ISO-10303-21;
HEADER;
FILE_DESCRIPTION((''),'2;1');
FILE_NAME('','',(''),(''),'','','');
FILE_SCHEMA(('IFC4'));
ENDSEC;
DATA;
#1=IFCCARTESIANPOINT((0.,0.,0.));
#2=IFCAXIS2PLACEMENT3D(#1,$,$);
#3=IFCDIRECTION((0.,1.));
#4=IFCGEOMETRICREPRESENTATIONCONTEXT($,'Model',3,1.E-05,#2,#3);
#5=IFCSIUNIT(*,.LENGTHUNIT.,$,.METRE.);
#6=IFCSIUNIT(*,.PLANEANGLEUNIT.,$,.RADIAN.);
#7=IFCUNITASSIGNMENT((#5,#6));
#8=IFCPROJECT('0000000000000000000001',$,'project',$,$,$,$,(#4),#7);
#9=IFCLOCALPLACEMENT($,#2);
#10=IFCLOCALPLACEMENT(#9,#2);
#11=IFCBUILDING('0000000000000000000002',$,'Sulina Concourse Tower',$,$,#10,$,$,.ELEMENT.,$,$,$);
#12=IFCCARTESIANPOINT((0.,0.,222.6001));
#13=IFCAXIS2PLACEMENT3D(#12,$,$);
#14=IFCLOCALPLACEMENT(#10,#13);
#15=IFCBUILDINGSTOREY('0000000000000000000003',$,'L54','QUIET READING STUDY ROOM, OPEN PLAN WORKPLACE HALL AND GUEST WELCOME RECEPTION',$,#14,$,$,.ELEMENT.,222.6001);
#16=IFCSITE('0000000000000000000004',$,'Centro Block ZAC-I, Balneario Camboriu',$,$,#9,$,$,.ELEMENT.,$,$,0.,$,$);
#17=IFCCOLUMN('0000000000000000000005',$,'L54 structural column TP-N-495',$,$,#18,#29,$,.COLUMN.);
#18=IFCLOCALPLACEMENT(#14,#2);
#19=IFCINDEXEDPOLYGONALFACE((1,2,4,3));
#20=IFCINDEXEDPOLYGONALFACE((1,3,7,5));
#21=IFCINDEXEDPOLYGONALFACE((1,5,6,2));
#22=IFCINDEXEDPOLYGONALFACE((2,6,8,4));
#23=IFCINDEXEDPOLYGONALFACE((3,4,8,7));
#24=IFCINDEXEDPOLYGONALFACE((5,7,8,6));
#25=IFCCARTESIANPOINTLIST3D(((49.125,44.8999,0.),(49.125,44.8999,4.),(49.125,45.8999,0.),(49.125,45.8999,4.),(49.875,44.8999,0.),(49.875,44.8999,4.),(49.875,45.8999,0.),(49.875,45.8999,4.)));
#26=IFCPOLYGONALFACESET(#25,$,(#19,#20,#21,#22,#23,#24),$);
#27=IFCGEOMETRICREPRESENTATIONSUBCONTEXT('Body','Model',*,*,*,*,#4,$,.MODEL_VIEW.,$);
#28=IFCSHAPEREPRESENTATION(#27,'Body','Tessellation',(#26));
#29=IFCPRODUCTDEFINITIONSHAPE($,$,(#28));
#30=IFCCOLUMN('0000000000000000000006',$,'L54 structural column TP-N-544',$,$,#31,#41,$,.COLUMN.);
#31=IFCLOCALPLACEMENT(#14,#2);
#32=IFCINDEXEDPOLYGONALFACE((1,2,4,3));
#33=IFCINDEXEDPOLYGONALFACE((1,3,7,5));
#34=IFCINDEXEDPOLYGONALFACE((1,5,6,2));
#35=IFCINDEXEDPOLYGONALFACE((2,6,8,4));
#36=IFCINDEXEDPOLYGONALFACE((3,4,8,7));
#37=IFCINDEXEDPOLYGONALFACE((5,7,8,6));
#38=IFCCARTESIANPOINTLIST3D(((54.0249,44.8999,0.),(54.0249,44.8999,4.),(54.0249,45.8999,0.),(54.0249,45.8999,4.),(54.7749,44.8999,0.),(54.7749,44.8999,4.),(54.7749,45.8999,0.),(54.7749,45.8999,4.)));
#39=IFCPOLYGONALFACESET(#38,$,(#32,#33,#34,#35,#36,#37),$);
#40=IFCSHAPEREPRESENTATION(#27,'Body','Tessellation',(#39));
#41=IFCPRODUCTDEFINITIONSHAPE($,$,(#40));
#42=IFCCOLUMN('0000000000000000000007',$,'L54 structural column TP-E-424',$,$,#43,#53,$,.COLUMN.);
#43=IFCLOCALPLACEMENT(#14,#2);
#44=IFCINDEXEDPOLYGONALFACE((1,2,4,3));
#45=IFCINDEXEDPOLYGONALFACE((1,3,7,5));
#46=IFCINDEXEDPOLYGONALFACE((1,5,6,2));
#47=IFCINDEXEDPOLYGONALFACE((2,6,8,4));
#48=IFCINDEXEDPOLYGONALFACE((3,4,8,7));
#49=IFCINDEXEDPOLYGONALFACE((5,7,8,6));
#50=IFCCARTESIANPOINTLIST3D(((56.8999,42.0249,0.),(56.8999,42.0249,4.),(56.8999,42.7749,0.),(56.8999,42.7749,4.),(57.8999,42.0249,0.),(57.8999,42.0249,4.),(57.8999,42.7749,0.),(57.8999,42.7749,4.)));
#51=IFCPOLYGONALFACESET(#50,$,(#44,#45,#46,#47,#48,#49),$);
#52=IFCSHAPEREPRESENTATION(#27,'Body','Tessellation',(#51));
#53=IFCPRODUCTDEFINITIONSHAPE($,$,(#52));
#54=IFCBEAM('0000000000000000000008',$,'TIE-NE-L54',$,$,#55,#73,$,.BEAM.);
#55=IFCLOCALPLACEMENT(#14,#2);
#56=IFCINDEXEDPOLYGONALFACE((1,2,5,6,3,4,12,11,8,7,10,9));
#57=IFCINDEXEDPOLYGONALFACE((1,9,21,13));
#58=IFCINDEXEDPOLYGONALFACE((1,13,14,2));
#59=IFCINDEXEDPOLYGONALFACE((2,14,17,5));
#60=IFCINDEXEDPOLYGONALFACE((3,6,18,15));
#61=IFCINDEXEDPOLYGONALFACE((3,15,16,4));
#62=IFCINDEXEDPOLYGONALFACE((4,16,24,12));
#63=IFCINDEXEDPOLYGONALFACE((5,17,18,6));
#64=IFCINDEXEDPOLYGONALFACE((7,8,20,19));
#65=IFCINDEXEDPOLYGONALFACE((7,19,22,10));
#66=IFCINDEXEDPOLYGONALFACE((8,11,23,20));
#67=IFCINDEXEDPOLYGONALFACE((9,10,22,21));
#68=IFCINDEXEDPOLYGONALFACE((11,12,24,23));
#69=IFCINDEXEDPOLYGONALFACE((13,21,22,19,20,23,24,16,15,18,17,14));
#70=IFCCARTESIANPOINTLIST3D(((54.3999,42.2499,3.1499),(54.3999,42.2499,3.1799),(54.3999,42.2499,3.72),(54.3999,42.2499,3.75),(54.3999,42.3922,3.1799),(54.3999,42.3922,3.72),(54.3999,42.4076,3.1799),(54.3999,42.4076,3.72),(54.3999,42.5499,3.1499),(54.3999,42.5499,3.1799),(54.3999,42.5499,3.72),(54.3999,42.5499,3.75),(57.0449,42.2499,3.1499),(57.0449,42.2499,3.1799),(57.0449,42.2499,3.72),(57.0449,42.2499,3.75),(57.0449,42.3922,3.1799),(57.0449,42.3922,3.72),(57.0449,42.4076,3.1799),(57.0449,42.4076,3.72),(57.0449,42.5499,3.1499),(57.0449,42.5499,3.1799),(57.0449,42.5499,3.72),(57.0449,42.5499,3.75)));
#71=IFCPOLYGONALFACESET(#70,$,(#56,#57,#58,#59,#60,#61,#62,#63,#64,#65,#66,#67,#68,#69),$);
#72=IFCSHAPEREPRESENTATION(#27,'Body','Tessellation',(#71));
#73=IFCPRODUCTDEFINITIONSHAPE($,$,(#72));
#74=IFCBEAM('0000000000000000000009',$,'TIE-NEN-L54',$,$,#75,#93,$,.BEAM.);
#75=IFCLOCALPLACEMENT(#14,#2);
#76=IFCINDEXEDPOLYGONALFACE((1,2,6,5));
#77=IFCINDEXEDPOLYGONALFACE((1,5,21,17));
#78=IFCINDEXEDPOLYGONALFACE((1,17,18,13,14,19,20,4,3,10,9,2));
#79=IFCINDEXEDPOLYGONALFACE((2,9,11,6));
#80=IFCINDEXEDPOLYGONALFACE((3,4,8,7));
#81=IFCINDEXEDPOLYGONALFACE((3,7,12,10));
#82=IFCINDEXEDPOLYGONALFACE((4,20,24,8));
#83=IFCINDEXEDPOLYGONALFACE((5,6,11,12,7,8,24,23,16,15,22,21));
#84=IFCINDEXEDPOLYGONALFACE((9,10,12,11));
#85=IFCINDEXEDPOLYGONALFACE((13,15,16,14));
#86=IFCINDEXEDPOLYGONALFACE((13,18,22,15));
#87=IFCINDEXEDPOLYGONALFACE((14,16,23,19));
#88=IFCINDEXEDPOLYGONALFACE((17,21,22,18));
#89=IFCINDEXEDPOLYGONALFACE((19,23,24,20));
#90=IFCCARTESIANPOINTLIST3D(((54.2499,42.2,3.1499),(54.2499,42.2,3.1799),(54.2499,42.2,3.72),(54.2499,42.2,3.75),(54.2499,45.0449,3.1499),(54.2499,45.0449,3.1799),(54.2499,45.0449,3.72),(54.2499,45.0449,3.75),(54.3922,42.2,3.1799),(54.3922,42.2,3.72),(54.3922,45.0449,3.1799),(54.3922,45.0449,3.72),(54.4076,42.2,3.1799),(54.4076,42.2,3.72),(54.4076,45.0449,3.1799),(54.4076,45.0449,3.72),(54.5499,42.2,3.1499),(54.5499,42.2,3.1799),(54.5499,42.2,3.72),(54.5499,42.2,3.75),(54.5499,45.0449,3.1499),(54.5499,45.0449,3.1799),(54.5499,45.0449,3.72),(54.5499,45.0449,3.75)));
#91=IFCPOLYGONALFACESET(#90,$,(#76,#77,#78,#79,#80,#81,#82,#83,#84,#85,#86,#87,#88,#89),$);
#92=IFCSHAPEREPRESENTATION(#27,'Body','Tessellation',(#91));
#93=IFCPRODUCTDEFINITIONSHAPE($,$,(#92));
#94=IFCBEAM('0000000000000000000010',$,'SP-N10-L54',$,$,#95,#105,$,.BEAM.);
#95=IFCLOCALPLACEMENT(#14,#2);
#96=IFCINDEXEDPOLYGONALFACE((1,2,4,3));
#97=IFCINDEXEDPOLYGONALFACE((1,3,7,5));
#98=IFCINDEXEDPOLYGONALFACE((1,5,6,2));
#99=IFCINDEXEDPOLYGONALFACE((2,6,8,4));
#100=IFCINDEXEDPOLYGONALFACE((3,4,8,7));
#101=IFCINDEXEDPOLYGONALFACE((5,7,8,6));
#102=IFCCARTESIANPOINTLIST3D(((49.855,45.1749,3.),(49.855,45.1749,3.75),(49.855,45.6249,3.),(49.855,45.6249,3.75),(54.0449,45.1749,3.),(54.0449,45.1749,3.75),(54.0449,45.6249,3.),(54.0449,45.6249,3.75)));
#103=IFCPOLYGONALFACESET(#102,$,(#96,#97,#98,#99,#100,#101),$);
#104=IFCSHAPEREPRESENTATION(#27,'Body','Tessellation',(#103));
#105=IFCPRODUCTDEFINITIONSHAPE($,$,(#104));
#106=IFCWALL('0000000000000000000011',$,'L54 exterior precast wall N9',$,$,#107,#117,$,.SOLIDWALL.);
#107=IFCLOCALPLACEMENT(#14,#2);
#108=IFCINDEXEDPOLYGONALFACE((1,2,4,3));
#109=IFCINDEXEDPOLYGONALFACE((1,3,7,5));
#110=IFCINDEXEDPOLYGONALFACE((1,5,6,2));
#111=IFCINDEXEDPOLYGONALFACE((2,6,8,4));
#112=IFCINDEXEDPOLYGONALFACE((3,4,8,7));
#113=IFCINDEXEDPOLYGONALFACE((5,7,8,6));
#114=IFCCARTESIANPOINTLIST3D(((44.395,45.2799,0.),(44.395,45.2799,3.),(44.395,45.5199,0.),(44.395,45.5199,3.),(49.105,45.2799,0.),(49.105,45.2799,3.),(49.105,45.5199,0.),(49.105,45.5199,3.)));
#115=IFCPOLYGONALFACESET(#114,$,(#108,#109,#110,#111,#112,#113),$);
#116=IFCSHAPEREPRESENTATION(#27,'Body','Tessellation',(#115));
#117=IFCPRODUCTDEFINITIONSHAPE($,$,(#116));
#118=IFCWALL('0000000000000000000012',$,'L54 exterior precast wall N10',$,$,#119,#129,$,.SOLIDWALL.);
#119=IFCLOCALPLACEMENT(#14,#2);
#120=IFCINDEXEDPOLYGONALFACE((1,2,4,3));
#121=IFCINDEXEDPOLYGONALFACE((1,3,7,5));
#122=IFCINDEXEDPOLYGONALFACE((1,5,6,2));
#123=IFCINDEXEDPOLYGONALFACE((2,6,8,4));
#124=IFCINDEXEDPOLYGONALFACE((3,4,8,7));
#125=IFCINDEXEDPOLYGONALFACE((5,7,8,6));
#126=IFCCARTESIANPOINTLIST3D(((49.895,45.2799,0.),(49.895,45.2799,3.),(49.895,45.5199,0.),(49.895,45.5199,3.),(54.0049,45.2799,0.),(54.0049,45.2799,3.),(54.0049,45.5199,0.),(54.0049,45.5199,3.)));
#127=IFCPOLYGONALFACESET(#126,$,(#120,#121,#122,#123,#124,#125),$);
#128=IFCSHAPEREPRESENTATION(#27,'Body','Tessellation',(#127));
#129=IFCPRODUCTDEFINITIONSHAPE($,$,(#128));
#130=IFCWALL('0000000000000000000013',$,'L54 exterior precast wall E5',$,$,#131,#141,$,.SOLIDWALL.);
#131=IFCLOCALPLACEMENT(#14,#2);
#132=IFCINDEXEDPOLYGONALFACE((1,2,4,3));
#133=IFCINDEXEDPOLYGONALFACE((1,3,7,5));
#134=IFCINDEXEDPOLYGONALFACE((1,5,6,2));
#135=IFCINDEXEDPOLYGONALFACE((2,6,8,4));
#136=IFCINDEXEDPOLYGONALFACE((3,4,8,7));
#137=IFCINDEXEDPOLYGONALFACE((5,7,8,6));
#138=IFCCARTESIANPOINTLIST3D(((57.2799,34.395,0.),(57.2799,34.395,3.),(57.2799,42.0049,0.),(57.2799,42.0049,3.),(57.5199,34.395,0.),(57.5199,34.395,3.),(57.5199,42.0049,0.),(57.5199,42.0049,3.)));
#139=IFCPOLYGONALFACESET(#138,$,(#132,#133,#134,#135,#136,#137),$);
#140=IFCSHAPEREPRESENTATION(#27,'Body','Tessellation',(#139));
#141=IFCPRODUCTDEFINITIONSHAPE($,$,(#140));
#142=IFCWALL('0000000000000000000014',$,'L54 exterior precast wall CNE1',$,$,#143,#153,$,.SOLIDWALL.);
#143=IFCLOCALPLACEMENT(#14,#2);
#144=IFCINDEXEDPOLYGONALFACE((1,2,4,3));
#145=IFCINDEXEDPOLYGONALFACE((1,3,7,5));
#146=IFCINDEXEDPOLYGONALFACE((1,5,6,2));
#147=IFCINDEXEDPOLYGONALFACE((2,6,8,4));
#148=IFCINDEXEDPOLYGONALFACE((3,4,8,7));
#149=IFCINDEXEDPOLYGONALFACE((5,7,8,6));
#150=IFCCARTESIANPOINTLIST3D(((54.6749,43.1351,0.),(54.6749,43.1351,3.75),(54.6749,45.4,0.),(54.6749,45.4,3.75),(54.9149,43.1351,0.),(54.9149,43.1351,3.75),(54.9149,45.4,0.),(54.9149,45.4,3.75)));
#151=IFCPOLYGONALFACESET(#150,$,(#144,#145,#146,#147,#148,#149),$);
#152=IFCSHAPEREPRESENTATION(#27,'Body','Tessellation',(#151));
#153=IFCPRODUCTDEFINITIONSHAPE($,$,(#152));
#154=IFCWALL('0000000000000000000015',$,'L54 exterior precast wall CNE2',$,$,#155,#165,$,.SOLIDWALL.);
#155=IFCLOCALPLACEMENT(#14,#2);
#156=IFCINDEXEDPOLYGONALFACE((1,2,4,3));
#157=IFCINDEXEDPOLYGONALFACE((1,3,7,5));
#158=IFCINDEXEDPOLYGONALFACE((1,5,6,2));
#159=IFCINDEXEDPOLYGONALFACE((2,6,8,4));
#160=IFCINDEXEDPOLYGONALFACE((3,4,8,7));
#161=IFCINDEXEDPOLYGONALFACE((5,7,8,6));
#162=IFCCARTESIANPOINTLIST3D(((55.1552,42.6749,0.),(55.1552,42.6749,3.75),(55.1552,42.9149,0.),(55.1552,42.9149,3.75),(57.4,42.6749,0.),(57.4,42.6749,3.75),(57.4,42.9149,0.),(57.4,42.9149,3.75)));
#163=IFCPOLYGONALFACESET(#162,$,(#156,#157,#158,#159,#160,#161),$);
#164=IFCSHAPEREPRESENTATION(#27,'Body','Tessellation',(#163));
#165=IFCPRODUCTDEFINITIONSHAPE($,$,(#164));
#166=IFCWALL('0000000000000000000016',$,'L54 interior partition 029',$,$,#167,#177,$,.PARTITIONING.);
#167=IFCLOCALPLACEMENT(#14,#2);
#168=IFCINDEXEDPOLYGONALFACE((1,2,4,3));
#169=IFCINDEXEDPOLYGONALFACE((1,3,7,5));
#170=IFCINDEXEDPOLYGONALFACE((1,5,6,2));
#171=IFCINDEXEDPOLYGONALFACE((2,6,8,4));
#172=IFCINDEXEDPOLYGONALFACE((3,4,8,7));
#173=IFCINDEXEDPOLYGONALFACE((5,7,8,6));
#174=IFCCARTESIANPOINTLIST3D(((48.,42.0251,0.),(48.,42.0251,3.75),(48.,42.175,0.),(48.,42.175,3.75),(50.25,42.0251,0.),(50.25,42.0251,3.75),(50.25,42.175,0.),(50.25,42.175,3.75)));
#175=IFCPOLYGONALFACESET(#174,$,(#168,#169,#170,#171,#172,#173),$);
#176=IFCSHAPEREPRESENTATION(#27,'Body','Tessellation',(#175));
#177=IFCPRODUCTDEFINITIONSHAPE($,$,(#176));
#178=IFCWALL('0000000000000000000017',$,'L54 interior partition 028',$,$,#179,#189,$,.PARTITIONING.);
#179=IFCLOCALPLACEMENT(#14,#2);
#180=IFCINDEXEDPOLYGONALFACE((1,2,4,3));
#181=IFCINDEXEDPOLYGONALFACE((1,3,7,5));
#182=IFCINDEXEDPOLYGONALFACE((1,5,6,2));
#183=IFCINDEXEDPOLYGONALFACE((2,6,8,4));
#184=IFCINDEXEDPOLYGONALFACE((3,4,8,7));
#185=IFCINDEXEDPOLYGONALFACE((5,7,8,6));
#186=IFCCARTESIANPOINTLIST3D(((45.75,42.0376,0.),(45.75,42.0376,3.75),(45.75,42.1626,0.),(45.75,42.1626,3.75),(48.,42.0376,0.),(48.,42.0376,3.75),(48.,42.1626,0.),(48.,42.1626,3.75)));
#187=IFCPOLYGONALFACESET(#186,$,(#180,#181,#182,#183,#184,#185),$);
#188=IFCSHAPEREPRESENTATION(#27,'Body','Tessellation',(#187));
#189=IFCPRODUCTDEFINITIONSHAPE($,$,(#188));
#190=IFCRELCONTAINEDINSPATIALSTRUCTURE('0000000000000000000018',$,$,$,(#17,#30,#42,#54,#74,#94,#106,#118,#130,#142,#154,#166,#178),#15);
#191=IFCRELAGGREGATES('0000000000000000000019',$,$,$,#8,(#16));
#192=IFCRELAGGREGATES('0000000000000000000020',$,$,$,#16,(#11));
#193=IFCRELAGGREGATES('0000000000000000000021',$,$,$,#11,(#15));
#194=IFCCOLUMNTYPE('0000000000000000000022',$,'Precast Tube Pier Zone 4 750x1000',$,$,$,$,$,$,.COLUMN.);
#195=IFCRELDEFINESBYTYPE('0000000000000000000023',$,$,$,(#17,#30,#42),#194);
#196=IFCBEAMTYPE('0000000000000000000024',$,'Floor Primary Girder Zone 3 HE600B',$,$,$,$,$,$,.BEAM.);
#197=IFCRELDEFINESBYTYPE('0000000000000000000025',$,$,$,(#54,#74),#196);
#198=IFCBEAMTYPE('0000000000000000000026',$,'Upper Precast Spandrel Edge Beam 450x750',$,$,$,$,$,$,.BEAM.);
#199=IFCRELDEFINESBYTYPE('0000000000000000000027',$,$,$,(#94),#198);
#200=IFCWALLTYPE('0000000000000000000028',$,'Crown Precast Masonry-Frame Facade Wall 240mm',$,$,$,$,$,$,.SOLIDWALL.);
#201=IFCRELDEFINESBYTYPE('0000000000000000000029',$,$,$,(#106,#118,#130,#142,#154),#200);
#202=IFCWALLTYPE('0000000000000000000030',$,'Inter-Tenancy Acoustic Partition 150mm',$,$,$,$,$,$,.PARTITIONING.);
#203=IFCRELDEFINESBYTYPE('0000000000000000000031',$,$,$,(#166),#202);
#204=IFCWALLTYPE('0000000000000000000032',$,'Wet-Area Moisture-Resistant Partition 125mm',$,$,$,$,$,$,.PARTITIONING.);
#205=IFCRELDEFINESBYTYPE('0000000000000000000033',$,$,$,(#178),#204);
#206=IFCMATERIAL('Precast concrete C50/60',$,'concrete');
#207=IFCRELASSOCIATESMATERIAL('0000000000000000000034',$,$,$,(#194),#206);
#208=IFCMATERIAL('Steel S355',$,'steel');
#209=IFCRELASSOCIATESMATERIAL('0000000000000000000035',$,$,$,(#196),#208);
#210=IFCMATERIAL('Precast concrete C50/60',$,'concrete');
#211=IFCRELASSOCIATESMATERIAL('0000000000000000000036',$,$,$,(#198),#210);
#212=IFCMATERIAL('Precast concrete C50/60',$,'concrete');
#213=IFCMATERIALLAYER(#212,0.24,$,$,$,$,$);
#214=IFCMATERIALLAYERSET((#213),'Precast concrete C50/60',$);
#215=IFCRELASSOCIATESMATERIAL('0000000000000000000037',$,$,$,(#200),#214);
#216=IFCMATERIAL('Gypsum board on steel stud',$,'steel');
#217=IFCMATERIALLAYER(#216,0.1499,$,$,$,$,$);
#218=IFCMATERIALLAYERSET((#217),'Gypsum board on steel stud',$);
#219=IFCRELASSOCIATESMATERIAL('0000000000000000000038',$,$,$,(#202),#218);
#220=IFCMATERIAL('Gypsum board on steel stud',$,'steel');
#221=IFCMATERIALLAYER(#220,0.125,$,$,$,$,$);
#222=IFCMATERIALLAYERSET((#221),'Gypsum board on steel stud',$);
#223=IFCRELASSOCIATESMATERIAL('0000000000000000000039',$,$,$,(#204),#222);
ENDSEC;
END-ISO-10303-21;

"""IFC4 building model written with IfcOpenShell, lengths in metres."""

from ifc_helpers import new_model, si_unit, direction, frame, frame_2d, origin, origin_2d, place, context, subcontext, project, spatial, rectangle, i_section, extrude, material, layer, layer_set, material_profile, profile_set, type_object, element, save


model = new_model("IFC4")

# Units and contexts
model_context = context("Model", 3, precision=1e-05, world=origin(), true_north=direction((0.0, 1.0)))
body_context = subcontext(model_context, "Body", "Model", "MODEL_VIEW")
ifc_project = project(units=[si_unit("LENGTHUNIT", "METRE"), si_unit("PLANEANGLEUNIT", "RADIAN")], contexts=[model_context])

# Site, building, storey
site_placement = place(None, origin())
site = spatial("IfcSite", under=ifc_project, at=site_placement, Name="Centro Block ZAC-I, Balneario Camboriu", CompositionType="ELEMENT", RefElevation=0.0)
building_placement = place(site_placement, origin())
building = spatial("IfcBuilding", under=site, at=building_placement, Name="Sulina Concourse Tower", CompositionType="ELEMENT")
storey_placement = place(building_placement, frame((0.0, 0.0, 222.6001)))
storey = spatial("IfcBuildingStorey", under=building, at=storey_placement, Name="L54", Description="QUIET READING STUDY ROOM, OPEN PLAN WORKPLACE HALL AND GUEST WELCOME RECEPTION", CompositionType="ELEMENT", Elevation=222.6001)

# Columns
ifc_material_1 = material(Name="Precast concrete C50/60", Category="concrete")
ifc_material_profile_1 = material_profile(ifc_material_1, rectangle(XDim=0.75, YDim=1.0, at=origin_2d()), Name="PC 750x1000")
ifc_profile_set_1 = profile_set([ifc_material_profile_1], Name="Precast concrete C50/60")
column_type = type_object("IfcColumnType", Name="Precast Tube Pier Zone 4 750x1000", PredefinedType="COLUMN", material=ifc_profile_set_1)
for number, where, z_axis, x_axis, name in (
    (1, (49.5, 45.3999, 0.0), (0.0, 0.0, 1.0), (1.0, 0.0, 0.0), "L54 structural column TP-N-495"),
    (2, (54.3999, 45.3999, 0.0), (0.0, 0.0, 1.0), (1.0, 0.0, 0.0), "L54 structural column TP-N-544"),
    (3, (57.3999, 42.3999, 0.0), (0.0, 0.0, 1.0), (0.0, 1.0, 0.0), "L54 structural column TP-E-424"),
):
    element("IfcColumn", number, at=place(storey_placement, frame(where, z_axis=z_axis, x_axis=x_axis)), inside=storey, type_object=column_type, Name=name, PredefinedType="COLUMN", context=body_context, shape_type="SweptSolid", body=[
        extrude(rectangle(XDim=0.75, YDim=1.0, at=origin_2d()), origin(), (0.0, 0.0, 1.0), 4.0),
    ])

# Beams
ifc_material_2 = material(Name="Steel S355", Category="steel")
ifc_material_profile_2 = material_profile(ifc_material_2, i_section(OverallWidth=0.3, OverallDepth=0.6001, WebThickness=0.0154, FlangeThickness=0.03, at=origin_2d()), Name="HE 600 B")
ifc_profile_set_2 = profile_set([ifc_material_profile_2], Name="Steel S355")
beam_type_1 = type_object("IfcBeamType", Name="Floor Primary Girder Zone 3 HE600B", PredefinedType="BEAM", material=ifc_profile_set_2)
beam_1_placement = place(storey_placement, frame((54.3999, 42.3999, 3.45), z_axis=(1.0, 0.0, 0.0), x_axis=(0.0, 1.0, 0.0)))
element("IfcBeam", 4, at=beam_1_placement, inside=storey, type_object=beam_type_1, Name="TIE-NE-L54", PredefinedType="BEAM", context=body_context, shape_type="SweptSolid", body=[
    extrude(i_section(OverallWidth=0.3, OverallDepth=0.6001, WebThickness=0.0154, FlangeThickness=0.03, at=origin_2d()), origin(), (0.0, 0.0, 1.0), 2.645),
])
beam_2_placement = place(storey_placement, frame((54.3999, 42.2, 3.45), z_axis=(0.0, 1.0, 0.0), x_axis=(-1.0, 0.0, 0.0)))
element("IfcBeam", 5, at=beam_2_placement, inside=storey, type_object=beam_type_1, Name="TIE-NEN-L54", PredefinedType="BEAM", context=body_context, shape_type="SweptSolid", body=[
    extrude(i_section(OverallWidth=0.3, OverallDepth=0.6001, WebThickness=0.0154, FlangeThickness=0.03, at=origin_2d()), origin(), (0.0, 0.0, 1.0), 2.845),
])
ifc_material_3 = material(Name="Precast concrete C50/60", Category="concrete")
ifc_material_profile_3 = material_profile(ifc_material_3, rectangle(XDim=0.45, YDim=0.75, at=origin_2d()), Name="RC 450x750")
ifc_profile_set_3 = profile_set([ifc_material_profile_3], Name="Precast concrete C50/60")
beam_type_2 = type_object("IfcBeamType", Name="Upper Precast Spandrel Edge Beam 450x750", PredefinedType="BEAM", material=ifc_profile_set_3)
beam_3_placement = place(storey_placement, frame((49.855, 45.3999, 3.375), z_axis=(1.0, 0.0, 0.0), x_axis=(0.0, 1.0, 0.0)))
element("IfcBeam", 6, at=beam_3_placement, inside=storey, type_object=beam_type_2, Name="SP-N10-L54", PredefinedType="BEAM", context=body_context, shape_type="SweptSolid", body=[
    extrude(rectangle(XDim=0.45, YDim=0.75, at=origin_2d()), origin(), (0.0, 0.0, 1.0), 4.1899),
])

# Walls
ifc_material_4 = material(Name="Precast concrete C50/60", Category="concrete")
ifc_layer_1 = layer(ifc_material_4, 0.24)
ifc_layer_set_1 = layer_set([ifc_layer_1], Name="Precast concrete C50/60")
wall_type_1 = type_object("IfcWallType", Name="Crown Precast Masonry-Frame Facade Wall 240mm", PredefinedType="SOLIDWALL", material=ifc_layer_set_1)
wall_1_placement = place(storey_placement, frame((44.395, 45.3999, 0.0), z_axis=(0.0, 0.0, 1.0), x_axis=(1.0, 0.0, 0.0)))
element("IfcWall", 7, at=wall_1_placement, inside=storey, type_object=wall_type_1, Name="L54 exterior precast wall N9", PredefinedType="SOLIDWALL", context=body_context, shape_type="SweptSolid", body=[
    extrude(rectangle(XDim=4.71, YDim=0.24, at=frame_2d((2.355, 0.0))), origin(), (0.0, 0.0, 1.0), 3.0),
])
wall_2_placement = place(storey_placement, frame((49.895, 45.3999, 0.0), z_axis=(0.0, 0.0, 1.0), x_axis=(1.0, 0.0, 0.0)))
element("IfcWall", 8, at=wall_2_placement, inside=storey, type_object=wall_type_1, Name="L54 exterior precast wall N10", PredefinedType="SOLIDWALL", context=body_context, shape_type="SweptSolid", body=[
    extrude(rectangle(XDim=4.1099, YDim=0.24, at=frame_2d((2.0549, 0.0))), origin(), (0.0, 0.0, 1.0), 3.0),
])
wall_3_placement = place(storey_placement, frame((57.3999, 42.0049, 0.0), z_axis=(0.0, 0.0, 1.0), x_axis=(0.0, -1.0, 0.0)))
element("IfcWall", 9, at=wall_3_placement, inside=storey, type_object=wall_type_1, Name="L54 exterior precast wall E5", PredefinedType="SOLIDWALL", context=body_context, shape_type="SweptSolid", body=[
    extrude(rectangle(XDim=7.6099, YDim=0.24, at=frame_2d((3.8049, 0.0))), origin(), (0.0, 0.0, 1.0), 3.0),
])
wall_4_placement = place(storey_placement, frame((54.7949, 45.3999, 0.0), z_axis=(0.0, 0.0, 1.0), x_axis=(0.0, -1.0, 0.0)))
element("IfcWall", 10, at=wall_4_placement, inside=storey, type_object=wall_type_1, Name="L54 exterior precast wall CNE1", PredefinedType="SOLIDWALL", context=body_context, shape_type="SweptSolid", body=[
    extrude(rectangle(XDim=2.2649, YDim=0.24, at=frame_2d((1.1323, 0.0))), origin(), (0.0, 0.0, 1.0), 3.75),
])
wall_5_placement = place(storey_placement, frame((55.155, 42.7949, 0.0), z_axis=(0.0, 0.0, 1.0), x_axis=(1.0, 0.0, 0.0)))
element("IfcWall", 11, at=wall_5_placement, inside=storey, type_object=wall_type_1, Name="L54 exterior precast wall CNE2", PredefinedType="SOLIDWALL", context=body_context, shape_type="SweptSolid", body=[
    extrude(rectangle(XDim=2.2449, YDim=0.24, at=frame_2d((1.1226, 0.0))), origin(), (0.0, 0.0, 1.0), 3.75),
])
ifc_material_5 = material(Name="Gypsum board on steel stud", Category="steel")
ifc_layer_2 = layer(ifc_material_5, 0.1499)
ifc_layer_set_2 = layer_set([ifc_layer_2], Name="Gypsum board on steel stud")
wall_type_2 = type_object("IfcWallType", Name="Inter-Tenancy Acoustic Partition 150mm", PredefinedType="PARTITIONING", material=ifc_layer_set_2)
wall_6_placement = place(storey_placement, frame((48.0, 42.1001, 0.0), z_axis=(0.0, 0.0, 1.0), x_axis=(1.0, 0.0, 0.0)))
element("IfcWall", 12, at=wall_6_placement, inside=storey, type_object=wall_type_2, Name="L54 interior partition 029", PredefinedType="PARTITIONING", context=body_context, shape_type="SweptSolid", body=[
    extrude(rectangle(XDim=2.25, YDim=0.1499, at=frame_2d((1.125, 0.0))), origin(), (0.0, 0.0, 1.0), 3.75),
])
ifc_material_6 = material(Name="Gypsum board on steel stud", Category="steel")
ifc_layer_3 = layer(ifc_material_6, 0.125)
ifc_layer_set_3 = layer_set([ifc_layer_3], Name="Gypsum board on steel stud")
wall_type_3 = type_object("IfcWallType", Name="Wet-Area Moisture-Resistant Partition 125mm", PredefinedType="PARTITIONING", material=ifc_layer_set_3)
wall_7_placement = place(storey_placement, frame((45.75, 42.1001, 0.0), z_axis=(0.0, 0.0, 1.0), x_axis=(1.0, 0.0, 0.0)))
element("IfcWall", 13, at=wall_7_placement, inside=storey, type_object=wall_type_3, Name="L54 interior partition 028", PredefinedType="PARTITIONING", context=body_context, shape_type="SweptSolid", body=[
    extrude(rectangle(XDim=2.25, YDim=0.125, at=frame_2d((1.125, 0.0))), origin(), (0.0, 0.0, 1.0), 3.75),
])

save(model, "model.ifc")
